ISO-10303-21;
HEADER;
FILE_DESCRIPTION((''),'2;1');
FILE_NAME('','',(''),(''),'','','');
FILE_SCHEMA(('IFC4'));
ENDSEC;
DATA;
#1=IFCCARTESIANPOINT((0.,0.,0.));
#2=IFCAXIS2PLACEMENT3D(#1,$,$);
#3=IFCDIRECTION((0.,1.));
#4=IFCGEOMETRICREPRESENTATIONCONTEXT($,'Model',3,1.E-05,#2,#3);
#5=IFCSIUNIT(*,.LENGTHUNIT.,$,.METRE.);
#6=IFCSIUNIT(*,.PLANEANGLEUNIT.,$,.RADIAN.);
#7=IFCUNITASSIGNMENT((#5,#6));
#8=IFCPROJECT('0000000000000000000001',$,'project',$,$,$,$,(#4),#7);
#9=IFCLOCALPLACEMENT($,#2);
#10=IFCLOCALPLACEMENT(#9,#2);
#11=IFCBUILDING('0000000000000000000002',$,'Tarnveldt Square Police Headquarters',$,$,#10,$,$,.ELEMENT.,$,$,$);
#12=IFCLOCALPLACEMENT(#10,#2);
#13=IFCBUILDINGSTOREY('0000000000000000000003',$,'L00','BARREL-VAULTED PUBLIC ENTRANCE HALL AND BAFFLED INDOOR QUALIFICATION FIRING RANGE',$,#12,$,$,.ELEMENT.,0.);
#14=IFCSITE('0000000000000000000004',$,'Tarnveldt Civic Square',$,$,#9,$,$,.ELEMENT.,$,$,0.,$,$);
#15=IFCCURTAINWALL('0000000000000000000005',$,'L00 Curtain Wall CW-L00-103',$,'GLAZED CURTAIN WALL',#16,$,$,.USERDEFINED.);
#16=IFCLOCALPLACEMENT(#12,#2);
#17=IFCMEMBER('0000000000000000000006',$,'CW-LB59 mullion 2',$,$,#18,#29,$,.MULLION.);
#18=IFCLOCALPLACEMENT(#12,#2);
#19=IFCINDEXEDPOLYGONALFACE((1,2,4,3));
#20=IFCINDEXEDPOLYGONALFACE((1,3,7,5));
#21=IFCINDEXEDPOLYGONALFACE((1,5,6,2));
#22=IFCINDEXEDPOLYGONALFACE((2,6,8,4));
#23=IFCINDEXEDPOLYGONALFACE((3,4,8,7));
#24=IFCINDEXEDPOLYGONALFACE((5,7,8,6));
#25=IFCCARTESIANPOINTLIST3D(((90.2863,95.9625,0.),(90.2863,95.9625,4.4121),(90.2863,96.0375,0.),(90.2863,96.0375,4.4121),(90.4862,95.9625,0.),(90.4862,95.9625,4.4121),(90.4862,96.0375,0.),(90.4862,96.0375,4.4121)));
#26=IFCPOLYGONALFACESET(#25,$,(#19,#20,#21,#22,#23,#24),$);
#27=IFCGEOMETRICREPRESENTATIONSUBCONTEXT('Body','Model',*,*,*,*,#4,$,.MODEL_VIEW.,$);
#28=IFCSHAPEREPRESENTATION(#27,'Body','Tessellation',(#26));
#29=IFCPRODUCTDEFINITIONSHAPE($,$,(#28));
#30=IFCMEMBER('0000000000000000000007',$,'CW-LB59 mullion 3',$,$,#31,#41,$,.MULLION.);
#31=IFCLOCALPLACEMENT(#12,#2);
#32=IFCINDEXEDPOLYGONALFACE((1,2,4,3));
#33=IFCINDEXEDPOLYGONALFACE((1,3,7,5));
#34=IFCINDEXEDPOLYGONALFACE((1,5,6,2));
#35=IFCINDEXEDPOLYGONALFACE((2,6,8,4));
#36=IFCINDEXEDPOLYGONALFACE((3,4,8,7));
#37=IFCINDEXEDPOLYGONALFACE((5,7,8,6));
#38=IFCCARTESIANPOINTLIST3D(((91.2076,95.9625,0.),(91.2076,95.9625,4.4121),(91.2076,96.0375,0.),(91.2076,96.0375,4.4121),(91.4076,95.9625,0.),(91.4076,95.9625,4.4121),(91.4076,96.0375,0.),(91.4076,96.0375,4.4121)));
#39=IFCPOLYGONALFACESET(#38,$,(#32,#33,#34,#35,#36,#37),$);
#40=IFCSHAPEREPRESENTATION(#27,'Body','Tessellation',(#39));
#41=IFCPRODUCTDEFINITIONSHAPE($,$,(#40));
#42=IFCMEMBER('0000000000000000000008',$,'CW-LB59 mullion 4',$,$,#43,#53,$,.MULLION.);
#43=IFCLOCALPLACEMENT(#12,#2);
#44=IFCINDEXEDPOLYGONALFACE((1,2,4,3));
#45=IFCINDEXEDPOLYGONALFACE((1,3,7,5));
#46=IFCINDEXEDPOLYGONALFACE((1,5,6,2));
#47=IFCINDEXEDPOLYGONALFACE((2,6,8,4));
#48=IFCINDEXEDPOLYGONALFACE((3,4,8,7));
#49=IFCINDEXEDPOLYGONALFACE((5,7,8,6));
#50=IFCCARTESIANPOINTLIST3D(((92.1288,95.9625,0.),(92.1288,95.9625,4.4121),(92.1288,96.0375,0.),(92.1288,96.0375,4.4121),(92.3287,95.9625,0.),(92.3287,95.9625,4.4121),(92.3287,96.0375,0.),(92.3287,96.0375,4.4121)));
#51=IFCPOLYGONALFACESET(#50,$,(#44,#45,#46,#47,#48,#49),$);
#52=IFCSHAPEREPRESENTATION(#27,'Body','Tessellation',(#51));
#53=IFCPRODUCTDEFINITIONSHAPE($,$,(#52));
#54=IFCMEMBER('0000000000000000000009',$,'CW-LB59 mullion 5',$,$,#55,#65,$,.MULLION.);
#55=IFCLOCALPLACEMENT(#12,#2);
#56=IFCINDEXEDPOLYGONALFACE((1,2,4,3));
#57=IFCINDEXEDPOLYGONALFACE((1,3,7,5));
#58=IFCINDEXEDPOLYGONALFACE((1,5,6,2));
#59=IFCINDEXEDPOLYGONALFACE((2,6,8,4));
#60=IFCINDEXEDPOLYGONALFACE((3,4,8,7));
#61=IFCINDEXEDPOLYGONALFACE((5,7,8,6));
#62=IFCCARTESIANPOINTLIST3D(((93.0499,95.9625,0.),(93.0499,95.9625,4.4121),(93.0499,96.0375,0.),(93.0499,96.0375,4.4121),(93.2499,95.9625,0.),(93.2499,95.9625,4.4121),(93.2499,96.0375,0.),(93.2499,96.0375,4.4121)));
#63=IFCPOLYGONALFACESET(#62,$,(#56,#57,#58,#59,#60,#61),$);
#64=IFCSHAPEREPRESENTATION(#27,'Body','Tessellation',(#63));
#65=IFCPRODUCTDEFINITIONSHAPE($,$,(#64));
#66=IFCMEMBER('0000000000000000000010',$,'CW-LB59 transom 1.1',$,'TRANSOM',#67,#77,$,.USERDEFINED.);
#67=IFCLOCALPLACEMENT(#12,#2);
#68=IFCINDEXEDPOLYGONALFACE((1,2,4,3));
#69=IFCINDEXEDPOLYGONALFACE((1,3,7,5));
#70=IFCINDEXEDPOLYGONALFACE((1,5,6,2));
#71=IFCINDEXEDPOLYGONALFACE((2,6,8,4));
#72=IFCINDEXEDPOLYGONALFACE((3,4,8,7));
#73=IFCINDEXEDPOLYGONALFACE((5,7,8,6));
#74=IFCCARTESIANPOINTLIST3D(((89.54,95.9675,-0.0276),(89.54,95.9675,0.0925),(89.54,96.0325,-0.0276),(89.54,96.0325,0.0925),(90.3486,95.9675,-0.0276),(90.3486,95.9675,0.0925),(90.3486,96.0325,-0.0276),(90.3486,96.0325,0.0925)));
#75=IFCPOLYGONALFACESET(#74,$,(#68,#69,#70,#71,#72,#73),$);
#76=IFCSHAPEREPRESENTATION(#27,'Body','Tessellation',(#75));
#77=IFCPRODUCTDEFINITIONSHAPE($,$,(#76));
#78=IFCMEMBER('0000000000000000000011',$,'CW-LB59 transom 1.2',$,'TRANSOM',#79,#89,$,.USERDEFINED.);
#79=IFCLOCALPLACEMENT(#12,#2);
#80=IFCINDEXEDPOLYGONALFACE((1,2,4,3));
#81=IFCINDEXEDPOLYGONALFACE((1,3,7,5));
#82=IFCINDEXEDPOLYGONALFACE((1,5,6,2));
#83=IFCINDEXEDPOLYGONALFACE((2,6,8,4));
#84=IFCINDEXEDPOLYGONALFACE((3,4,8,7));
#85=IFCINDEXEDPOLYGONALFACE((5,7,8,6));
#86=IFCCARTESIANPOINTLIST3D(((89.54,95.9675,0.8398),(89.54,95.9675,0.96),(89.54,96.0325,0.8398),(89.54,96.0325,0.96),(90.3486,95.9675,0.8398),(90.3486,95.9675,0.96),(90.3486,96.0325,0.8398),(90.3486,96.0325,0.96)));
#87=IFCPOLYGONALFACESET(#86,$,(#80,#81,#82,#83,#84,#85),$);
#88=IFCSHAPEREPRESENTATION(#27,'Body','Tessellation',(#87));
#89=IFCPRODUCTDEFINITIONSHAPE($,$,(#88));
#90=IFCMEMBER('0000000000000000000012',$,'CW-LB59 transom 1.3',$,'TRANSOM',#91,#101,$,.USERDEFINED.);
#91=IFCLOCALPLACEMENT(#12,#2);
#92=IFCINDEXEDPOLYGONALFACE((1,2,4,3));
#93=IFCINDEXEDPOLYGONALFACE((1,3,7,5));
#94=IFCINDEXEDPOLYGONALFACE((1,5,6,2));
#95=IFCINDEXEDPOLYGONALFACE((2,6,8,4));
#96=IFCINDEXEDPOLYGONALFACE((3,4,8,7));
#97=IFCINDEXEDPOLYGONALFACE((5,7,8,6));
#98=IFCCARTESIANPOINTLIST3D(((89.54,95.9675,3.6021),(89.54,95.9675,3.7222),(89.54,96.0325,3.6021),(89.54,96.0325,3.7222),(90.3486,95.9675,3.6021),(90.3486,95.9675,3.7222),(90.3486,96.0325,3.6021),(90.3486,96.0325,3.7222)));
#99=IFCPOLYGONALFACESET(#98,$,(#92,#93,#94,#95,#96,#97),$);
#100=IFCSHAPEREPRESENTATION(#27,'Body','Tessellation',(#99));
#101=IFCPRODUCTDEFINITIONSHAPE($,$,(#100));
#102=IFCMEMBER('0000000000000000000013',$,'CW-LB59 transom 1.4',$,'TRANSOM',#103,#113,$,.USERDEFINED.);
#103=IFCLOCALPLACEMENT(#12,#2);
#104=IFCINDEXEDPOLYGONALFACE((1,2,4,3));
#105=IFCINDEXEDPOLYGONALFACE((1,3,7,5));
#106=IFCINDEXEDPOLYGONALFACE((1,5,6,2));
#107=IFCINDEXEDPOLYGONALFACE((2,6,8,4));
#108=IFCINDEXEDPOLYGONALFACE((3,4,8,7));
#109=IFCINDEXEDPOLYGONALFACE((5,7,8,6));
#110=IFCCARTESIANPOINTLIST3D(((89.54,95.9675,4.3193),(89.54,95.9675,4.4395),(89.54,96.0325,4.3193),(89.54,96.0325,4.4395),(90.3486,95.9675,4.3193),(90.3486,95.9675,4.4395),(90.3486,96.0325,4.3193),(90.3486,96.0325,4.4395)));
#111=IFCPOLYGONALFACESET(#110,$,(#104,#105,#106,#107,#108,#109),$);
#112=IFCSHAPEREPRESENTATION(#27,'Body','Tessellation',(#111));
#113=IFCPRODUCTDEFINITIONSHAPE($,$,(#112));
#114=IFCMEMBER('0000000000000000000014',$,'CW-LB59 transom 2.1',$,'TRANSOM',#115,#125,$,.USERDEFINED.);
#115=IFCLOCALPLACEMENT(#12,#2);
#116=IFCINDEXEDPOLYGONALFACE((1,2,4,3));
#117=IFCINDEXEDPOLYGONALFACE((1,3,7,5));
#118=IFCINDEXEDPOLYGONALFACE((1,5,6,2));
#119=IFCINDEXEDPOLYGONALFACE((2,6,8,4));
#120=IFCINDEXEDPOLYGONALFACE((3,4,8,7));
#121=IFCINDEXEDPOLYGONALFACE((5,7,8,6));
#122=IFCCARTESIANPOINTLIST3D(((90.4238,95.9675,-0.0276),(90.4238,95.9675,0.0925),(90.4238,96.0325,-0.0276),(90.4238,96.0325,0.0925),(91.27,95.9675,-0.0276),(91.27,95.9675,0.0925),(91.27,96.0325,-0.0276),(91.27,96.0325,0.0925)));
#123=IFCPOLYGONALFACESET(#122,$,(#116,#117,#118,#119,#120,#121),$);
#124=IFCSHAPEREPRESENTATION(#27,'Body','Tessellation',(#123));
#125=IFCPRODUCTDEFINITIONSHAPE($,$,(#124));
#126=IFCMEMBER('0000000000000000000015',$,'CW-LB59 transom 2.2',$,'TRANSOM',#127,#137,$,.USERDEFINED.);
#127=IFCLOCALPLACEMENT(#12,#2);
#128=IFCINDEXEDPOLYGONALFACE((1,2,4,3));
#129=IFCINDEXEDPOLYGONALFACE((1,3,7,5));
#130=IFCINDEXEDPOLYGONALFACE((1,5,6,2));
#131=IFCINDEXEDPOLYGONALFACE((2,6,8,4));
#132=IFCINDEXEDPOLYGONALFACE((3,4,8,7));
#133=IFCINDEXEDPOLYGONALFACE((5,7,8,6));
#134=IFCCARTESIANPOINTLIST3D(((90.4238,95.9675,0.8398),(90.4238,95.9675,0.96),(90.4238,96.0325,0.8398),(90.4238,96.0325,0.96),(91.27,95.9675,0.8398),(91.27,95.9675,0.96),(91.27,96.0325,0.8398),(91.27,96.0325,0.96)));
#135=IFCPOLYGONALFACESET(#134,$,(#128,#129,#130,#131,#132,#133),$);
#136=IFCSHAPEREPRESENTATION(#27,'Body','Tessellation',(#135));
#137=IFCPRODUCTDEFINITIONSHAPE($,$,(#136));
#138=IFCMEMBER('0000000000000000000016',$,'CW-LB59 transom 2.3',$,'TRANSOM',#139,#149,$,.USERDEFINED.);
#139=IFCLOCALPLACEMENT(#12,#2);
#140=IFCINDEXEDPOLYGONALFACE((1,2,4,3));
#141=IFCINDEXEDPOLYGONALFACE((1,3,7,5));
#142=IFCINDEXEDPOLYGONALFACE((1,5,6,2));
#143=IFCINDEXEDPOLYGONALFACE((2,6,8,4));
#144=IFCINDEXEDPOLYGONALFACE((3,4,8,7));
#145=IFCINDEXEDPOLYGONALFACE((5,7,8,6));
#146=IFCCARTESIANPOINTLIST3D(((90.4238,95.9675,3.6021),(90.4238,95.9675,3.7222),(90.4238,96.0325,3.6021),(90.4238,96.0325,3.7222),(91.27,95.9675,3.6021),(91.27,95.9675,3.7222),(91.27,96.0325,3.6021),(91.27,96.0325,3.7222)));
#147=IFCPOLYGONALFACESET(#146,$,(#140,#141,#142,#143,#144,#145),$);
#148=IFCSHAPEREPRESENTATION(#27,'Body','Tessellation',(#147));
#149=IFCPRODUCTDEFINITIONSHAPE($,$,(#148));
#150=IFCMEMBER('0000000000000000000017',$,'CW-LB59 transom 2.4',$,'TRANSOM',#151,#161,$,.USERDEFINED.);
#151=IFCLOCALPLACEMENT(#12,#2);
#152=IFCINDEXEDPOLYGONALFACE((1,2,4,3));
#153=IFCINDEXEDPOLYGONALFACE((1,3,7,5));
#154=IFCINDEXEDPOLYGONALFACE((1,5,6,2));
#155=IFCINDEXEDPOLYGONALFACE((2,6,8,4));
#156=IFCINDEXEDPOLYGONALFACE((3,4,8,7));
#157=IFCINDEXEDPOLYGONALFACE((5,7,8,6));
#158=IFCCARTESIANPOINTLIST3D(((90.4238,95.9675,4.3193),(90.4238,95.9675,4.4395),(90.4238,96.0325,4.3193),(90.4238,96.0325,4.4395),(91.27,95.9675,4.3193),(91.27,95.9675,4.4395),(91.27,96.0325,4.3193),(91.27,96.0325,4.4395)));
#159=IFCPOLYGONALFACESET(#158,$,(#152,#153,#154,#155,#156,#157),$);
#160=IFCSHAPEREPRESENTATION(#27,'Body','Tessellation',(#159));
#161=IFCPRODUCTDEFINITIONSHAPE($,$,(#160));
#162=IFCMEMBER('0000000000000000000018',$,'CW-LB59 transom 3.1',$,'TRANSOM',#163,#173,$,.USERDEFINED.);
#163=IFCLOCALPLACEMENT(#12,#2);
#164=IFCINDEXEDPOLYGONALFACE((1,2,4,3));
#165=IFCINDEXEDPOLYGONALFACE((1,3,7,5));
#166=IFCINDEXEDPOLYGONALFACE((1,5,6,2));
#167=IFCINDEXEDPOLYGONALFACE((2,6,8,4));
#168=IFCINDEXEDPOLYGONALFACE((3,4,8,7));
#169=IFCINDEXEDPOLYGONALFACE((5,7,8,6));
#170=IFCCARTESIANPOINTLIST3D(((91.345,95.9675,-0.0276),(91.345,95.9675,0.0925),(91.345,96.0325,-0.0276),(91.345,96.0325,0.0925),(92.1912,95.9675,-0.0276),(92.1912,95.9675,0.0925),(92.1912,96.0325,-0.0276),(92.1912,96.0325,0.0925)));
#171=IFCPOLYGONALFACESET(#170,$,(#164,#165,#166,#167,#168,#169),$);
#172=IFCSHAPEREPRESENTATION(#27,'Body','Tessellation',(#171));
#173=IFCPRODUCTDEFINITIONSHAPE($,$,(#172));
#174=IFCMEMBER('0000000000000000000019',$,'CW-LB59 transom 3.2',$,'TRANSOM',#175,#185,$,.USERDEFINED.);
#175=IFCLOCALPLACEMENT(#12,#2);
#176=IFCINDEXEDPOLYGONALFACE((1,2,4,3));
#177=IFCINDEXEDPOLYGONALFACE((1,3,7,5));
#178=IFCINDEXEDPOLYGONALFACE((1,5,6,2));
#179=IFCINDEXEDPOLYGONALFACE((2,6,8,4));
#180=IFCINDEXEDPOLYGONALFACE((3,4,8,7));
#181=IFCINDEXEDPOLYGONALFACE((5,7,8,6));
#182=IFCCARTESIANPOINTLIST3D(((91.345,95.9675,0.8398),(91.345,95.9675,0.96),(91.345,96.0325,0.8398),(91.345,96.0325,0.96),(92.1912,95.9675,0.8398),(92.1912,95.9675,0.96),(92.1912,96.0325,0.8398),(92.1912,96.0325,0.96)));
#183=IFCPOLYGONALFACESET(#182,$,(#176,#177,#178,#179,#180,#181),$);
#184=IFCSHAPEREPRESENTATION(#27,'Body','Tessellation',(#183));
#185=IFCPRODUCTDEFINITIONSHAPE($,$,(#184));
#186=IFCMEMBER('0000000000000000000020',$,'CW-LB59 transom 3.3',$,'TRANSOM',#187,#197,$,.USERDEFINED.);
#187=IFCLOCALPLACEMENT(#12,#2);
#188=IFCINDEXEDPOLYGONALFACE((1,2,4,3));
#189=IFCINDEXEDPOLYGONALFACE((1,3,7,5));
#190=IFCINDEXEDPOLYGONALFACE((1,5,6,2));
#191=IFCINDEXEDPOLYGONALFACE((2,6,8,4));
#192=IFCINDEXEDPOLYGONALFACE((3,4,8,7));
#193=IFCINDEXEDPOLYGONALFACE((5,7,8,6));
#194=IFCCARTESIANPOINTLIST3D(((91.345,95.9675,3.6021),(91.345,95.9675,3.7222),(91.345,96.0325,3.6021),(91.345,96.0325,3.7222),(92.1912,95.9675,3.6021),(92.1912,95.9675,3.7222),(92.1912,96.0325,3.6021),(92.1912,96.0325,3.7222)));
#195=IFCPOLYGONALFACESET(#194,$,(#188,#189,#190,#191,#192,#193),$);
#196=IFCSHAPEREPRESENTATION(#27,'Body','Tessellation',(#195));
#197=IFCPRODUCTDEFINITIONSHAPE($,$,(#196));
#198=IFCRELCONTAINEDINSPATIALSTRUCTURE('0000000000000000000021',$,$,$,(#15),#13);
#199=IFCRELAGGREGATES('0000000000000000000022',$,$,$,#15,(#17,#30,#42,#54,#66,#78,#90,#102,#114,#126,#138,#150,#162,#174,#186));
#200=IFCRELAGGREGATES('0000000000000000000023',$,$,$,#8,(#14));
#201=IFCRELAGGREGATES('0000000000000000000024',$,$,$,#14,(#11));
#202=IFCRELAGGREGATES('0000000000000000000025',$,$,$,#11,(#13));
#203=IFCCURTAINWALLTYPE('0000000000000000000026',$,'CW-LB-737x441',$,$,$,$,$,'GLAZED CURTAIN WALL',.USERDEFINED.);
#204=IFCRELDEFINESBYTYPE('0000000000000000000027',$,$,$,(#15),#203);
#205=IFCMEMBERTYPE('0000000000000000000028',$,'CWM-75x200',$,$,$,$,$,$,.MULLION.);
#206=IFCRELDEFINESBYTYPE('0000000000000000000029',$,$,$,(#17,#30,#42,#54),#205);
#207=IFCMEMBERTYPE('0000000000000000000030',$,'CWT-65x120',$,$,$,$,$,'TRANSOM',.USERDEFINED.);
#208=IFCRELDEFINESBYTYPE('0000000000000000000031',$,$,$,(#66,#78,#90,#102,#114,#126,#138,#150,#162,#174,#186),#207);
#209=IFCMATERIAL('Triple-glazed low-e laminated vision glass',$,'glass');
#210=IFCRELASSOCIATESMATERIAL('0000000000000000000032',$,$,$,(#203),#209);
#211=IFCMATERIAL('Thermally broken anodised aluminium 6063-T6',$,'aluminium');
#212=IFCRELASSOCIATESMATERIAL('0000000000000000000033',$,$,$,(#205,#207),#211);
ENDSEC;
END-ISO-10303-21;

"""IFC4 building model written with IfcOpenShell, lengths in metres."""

from ifc_helpers import new_model, si_unit, direction, frame, origin, origin_2d, place, context, subcontext, project, spatial, rectangle, extrude, material, material_profile, profile_set, type_object, element, aggregate, save


model = new_model("IFC4")

# Units and contexts
model_context = context("Model", 3, precision=1e-05, world=origin(), true_north=direction((0.0, 1.0)))
body_context = subcontext(model_context, "Body", "Model", "MODEL_VIEW")
ifc_project = project(units=[si_unit("LENGTHUNIT", "METRE"), si_unit("PLANEANGLEUNIT", "RADIAN")], contexts=[model_context])

# Site, building, storey
site_placement = place(None, origin())
site = spatial("IfcSite", under=ifc_project, at=site_placement, Name="Tarnveldt Civic Square", CompositionType="ELEMENT", RefElevation=0.0)
building_placement = place(site_placement, origin())
building = spatial("IfcBuilding", under=site, at=building_placement, Name="Tarnveldt Square Police Headquarters", CompositionType="ELEMENT")
storey_placement = place(building_placement, origin())
storey = spatial("IfcBuildingStorey", under=building, at=storey_placement, Name="L00", Description="BARREL-VAULTED PUBLIC ENTRANCE HALL AND BAFFLED INDOOR QUALIFICATION FIRING RANGE", CompositionType="ELEMENT", Elevation=0.0)

# Curtain wall, members
ifc_material_1 = material(Name="Triple-glazed low-e laminated vision glass", Category="glass")
curtain_wall_type = type_object("IfcCurtainWallType", Name="CW-LB-737x441", ElementType="GLAZED CURTAIN WALL", PredefinedType="USERDEFINED", material=ifc_material_1)
curtain_wall_placement = place(storey_placement, origin())
curtain_wall = element("IfcCurtainWall", 1, at=curtain_wall_placement, inside=storey, type_object=curtain_wall_type, Name="L00 Curtain Wall CW-L00-103", ObjectType="GLAZED CURTAIN WALL", PredefinedType="USERDEFINED")
ifc_material_2 = material(Name="Thermally broken anodised aluminium 6063-T6", Category="aluminium")
ifc_material_profile_1 = material_profile(ifc_material_2, rectangle(XDim=0.075, YDim=0.2, at=origin_2d()), Name="CW-M75x200")
ifc_profile_set_1 = profile_set([ifc_material_profile_1], Name="Thermally broken anodised aluminium 6063-T6")
member_type_1 = type_object("IfcMemberType", Name="CWM-75x200", PredefinedType="MULLION", material=ifc_profile_set_1)
member_1_placement = place(storey_placement, frame((90.3862, 96.0, 0.0), z_axis=(0.0, 0.0, 1.0), x_axis=(0.0, 1.0, 0.0)))
member_1 = element("IfcMember", 2, at=member_1_placement, type_object=member_type_1, Name="CW-LB59 mullion 2", PredefinedType="MULLION", context=body_context, shape_type="SweptSolid", body=[
    extrude(rectangle(XDim=0.075, YDim=0.2, at=origin_2d()), origin(), (0.0, 0.0, 1.0), 4.4121),
])
member_2_placement = place(storey_placement, frame((91.3076, 96.0, 0.0), z_axis=(0.0, 0.0, 1.0), x_axis=(0.0, 1.0, 0.0)))
member_2 = element("IfcMember", 3, at=member_2_placement, type_object=member_type_1, Name="CW-LB59 mullion 3", PredefinedType="MULLION", context=body_context, shape_type="SweptSolid", body=[
    extrude(rectangle(XDim=0.075, YDim=0.2, at=origin_2d()), origin(), (0.0, 0.0, 1.0), 4.4121),
])
member_3_placement = place(storey_placement, frame((92.2288, 96.0, 0.0), z_axis=(0.0, 0.0, 1.0), x_axis=(0.0, 1.0, 0.0)))
member_3 = element("IfcMember", 4, at=member_3_placement, type_object=member_type_1, Name="CW-LB59 mullion 4", PredefinedType="MULLION", context=body_context, shape_type="SweptSolid", body=[
    extrude(rectangle(XDim=0.075, YDim=0.2, at=origin_2d()), origin(), (0.0, 0.0, 1.0), 4.4121),
])
member_4_placement = place(storey_placement, frame((93.1499, 96.0, 0.0), z_axis=(0.0, 0.0, 1.0), x_axis=(0.0, 1.0, 0.0)))
member_4 = element("IfcMember", 5, at=member_4_placement, type_object=member_type_1, Name="CW-LB59 mullion 5", PredefinedType="MULLION", context=body_context, shape_type="SweptSolid", body=[
    extrude(rectangle(XDim=0.075, YDim=0.2, at=origin_2d()), origin(), (0.0, 0.0, 1.0), 4.4121),
])
ifc_material_profile_2 = material_profile(ifc_material_2, rectangle(XDim=0.0649, YDim=0.1201, at=origin_2d()), Name="CW-T65x120")
ifc_profile_set_2 = profile_set([ifc_material_profile_2], Name="Thermally broken anodised aluminium 6063-T6")
member_type_2 = type_object("IfcMemberType", Name="CWT-65x120", ElementType="TRANSOM", PredefinedType="USERDEFINED", material=ifc_profile_set_2)
member_5_placement = place(storey_placement, frame((89.54, 96.0, 0.0325), z_axis=(1.0, 0.0, 0.0), x_axis=(0.0, 1.0, 0.0)))
member_5 = element("IfcMember", 6, at=member_5_placement, type_object=member_type_2, Name="CW-LB59 transom 1.1", ObjectType="TRANSOM", PredefinedType="USERDEFINED", context=body_context, shape_type="SweptSolid", body=[
    extrude(rectangle(XDim=0.0649, YDim=0.1201, at=origin_2d()), origin(), (0.0, 0.0, 1.0), 0.8086),
])
member_6_placement = place(storey_placement, frame((89.54, 96.0, 0.8999), z_axis=(1.0, 0.0, 0.0), x_axis=(0.0, 1.0, 0.0)))
member_6 = element("IfcMember", 7, at=member_6_placement, type_object=member_type_2, Name="CW-LB59 transom 1.2", ObjectType="TRANSOM", PredefinedType="USERDEFINED", context=body_context, shape_type="SweptSolid", body=[
    extrude(rectangle(XDim=0.0649, YDim=0.1201, at=origin_2d()), origin(), (0.0, 0.0, 1.0), 0.8086),
])
member_7_placement = place(storey_placement, frame((89.54, 96.0, 3.6621), z_axis=(1.0, 0.0, 0.0), x_axis=(0.0, 1.0, 0.0)))
member_7 = element("IfcMember", 8, at=member_7_placement, type_object=member_type_2, Name="CW-LB59 transom 1.3", ObjectType="TRANSOM", PredefinedType="USERDEFINED", context=body_context, shape_type="SweptSolid", body=[
    extrude(rectangle(XDim=0.0649, YDim=0.1201, at=origin_2d()), origin(), (0.0, 0.0, 1.0), 0.8086),
])
member_8_placement = place(storey_placement, frame((89.54, 96.0, 4.3794), z_axis=(1.0, 0.0, 0.0), x_axis=(0.0, 1.0, 0.0)))
member_8 = element("IfcMember", 9, at=member_8_placement, type_object=member_type_2, Name="CW-LB59 transom 1.4", ObjectType="TRANSOM", PredefinedType="USERDEFINED", context=body_context, shape_type="SweptSolid", body=[
    extrude(rectangle(XDim=0.0649, YDim=0.1201, at=origin_2d()), origin(), (0.0, 0.0, 1.0), 0.8086),
])
member_9_placement = place(storey_placement, frame((90.4238, 96.0, 0.0325), z_axis=(1.0, 0.0, 0.0), x_axis=(0.0, 1.0, 0.0)))
member_9 = element("IfcMember", 10, at=member_9_placement, type_object=member_type_2, Name="CW-LB59 transom 2.1", ObjectType="TRANSOM", PredefinedType="USERDEFINED", context=body_context, shape_type="SweptSolid", body=[
    extrude(rectangle(XDim=0.0649, YDim=0.1201, at=origin_2d()), origin(), (0.0, 0.0, 1.0), 0.8462),
])
member_10_placement = place(storey_placement, frame((90.4238, 96.0, 0.8999), z_axis=(1.0, 0.0, 0.0), x_axis=(0.0, 1.0, 0.0)))
member_10 = element("IfcMember", 11, at=member_10_placement, type_object=member_type_2, Name="CW-LB59 transom 2.2", ObjectType="TRANSOM", PredefinedType="USERDEFINED", context=body_context, shape_type="SweptSolid", body=[
    extrude(rectangle(XDim=0.0649, YDim=0.1201, at=origin_2d()), origin(), (0.0, 0.0, 1.0), 0.8462),
])
member_11_placement = place(storey_placement, frame((90.4238, 96.0, 3.6621), z_axis=(1.0, 0.0, 0.0), x_axis=(0.0, 1.0, 0.0)))
member_11 = element("IfcMember", 12, at=member_11_placement, type_object=member_type_2, Name="CW-LB59 transom 2.3", ObjectType="TRANSOM", PredefinedType="USERDEFINED", context=body_context, shape_type="SweptSolid", body=[
    extrude(rectangle(XDim=0.0649, YDim=0.1201, at=origin_2d()), origin(), (0.0, 0.0, 1.0), 0.8462),
])
member_12_placement = place(storey_placement, frame((90.4238, 96.0, 4.3794), z_axis=(1.0, 0.0, 0.0), x_axis=(0.0, 1.0, 0.0)))
member_12 = element("IfcMember", 13, at=member_12_placement, type_object=member_type_2, Name="CW-LB59 transom 2.4", ObjectType="TRANSOM", PredefinedType="USERDEFINED", context=body_context, shape_type="SweptSolid", body=[
    extrude(rectangle(XDim=0.0649, YDim=0.1201, at=origin_2d()), origin(), (0.0, 0.0, 1.0), 0.8462),
])
member_13_placement = place(storey_placement, frame((91.345, 96.0, 0.0325), z_axis=(1.0, 0.0, 0.0), x_axis=(0.0, 1.0, 0.0)))
member_13 = element("IfcMember", 14, at=member_13_placement, type_object=member_type_2, Name="CW-LB59 transom 3.1", ObjectType="TRANSOM", PredefinedType="USERDEFINED", context=body_context, shape_type="SweptSolid", body=[
    extrude(rectangle(XDim=0.0649, YDim=0.1201, at=origin_2d()), origin(), (0.0, 0.0, 1.0), 0.8462),
])
member_14_placement = place(storey_placement, frame((91.345, 96.0, 0.8999), z_axis=(1.0, 0.0, 0.0), x_axis=(0.0, 1.0, 0.0)))
member_14 = element("IfcMember", 15, at=member_14_placement, type_object=member_type_2, Name="CW-LB59 transom 3.2", ObjectType="TRANSOM", PredefinedType="USERDEFINED", context=body_context, shape_type="SweptSolid", body=[
    extrude(rectangle(XDim=0.0649, YDim=0.1201, at=origin_2d()), origin(), (0.0, 0.0, 1.0), 0.8462),
])
member_15_placement = place(storey_placement, frame((91.345, 96.0, 3.6621), z_axis=(1.0, 0.0, 0.0), x_axis=(0.0, 1.0, 0.0)))
member_15 = element("IfcMember", 16, at=member_15_placement, type_object=member_type_2, Name="CW-LB59 transom 3.3", ObjectType="TRANSOM", PredefinedType="USERDEFINED", context=body_context, shape_type="SweptSolid", body=[
    extrude(rectangle(XDim=0.0649, YDim=0.1201, at=origin_2d()), origin(), (0.0, 0.0, 1.0), 0.8462),
])
aggregate(curtain_wall, [member_1, member_2, member_3, member_4, member_5, member_6, member_7, member_8, member_9, member_10, member_11, member_12, member_13, member_14, member_15])

save(model, "model.ifc")
